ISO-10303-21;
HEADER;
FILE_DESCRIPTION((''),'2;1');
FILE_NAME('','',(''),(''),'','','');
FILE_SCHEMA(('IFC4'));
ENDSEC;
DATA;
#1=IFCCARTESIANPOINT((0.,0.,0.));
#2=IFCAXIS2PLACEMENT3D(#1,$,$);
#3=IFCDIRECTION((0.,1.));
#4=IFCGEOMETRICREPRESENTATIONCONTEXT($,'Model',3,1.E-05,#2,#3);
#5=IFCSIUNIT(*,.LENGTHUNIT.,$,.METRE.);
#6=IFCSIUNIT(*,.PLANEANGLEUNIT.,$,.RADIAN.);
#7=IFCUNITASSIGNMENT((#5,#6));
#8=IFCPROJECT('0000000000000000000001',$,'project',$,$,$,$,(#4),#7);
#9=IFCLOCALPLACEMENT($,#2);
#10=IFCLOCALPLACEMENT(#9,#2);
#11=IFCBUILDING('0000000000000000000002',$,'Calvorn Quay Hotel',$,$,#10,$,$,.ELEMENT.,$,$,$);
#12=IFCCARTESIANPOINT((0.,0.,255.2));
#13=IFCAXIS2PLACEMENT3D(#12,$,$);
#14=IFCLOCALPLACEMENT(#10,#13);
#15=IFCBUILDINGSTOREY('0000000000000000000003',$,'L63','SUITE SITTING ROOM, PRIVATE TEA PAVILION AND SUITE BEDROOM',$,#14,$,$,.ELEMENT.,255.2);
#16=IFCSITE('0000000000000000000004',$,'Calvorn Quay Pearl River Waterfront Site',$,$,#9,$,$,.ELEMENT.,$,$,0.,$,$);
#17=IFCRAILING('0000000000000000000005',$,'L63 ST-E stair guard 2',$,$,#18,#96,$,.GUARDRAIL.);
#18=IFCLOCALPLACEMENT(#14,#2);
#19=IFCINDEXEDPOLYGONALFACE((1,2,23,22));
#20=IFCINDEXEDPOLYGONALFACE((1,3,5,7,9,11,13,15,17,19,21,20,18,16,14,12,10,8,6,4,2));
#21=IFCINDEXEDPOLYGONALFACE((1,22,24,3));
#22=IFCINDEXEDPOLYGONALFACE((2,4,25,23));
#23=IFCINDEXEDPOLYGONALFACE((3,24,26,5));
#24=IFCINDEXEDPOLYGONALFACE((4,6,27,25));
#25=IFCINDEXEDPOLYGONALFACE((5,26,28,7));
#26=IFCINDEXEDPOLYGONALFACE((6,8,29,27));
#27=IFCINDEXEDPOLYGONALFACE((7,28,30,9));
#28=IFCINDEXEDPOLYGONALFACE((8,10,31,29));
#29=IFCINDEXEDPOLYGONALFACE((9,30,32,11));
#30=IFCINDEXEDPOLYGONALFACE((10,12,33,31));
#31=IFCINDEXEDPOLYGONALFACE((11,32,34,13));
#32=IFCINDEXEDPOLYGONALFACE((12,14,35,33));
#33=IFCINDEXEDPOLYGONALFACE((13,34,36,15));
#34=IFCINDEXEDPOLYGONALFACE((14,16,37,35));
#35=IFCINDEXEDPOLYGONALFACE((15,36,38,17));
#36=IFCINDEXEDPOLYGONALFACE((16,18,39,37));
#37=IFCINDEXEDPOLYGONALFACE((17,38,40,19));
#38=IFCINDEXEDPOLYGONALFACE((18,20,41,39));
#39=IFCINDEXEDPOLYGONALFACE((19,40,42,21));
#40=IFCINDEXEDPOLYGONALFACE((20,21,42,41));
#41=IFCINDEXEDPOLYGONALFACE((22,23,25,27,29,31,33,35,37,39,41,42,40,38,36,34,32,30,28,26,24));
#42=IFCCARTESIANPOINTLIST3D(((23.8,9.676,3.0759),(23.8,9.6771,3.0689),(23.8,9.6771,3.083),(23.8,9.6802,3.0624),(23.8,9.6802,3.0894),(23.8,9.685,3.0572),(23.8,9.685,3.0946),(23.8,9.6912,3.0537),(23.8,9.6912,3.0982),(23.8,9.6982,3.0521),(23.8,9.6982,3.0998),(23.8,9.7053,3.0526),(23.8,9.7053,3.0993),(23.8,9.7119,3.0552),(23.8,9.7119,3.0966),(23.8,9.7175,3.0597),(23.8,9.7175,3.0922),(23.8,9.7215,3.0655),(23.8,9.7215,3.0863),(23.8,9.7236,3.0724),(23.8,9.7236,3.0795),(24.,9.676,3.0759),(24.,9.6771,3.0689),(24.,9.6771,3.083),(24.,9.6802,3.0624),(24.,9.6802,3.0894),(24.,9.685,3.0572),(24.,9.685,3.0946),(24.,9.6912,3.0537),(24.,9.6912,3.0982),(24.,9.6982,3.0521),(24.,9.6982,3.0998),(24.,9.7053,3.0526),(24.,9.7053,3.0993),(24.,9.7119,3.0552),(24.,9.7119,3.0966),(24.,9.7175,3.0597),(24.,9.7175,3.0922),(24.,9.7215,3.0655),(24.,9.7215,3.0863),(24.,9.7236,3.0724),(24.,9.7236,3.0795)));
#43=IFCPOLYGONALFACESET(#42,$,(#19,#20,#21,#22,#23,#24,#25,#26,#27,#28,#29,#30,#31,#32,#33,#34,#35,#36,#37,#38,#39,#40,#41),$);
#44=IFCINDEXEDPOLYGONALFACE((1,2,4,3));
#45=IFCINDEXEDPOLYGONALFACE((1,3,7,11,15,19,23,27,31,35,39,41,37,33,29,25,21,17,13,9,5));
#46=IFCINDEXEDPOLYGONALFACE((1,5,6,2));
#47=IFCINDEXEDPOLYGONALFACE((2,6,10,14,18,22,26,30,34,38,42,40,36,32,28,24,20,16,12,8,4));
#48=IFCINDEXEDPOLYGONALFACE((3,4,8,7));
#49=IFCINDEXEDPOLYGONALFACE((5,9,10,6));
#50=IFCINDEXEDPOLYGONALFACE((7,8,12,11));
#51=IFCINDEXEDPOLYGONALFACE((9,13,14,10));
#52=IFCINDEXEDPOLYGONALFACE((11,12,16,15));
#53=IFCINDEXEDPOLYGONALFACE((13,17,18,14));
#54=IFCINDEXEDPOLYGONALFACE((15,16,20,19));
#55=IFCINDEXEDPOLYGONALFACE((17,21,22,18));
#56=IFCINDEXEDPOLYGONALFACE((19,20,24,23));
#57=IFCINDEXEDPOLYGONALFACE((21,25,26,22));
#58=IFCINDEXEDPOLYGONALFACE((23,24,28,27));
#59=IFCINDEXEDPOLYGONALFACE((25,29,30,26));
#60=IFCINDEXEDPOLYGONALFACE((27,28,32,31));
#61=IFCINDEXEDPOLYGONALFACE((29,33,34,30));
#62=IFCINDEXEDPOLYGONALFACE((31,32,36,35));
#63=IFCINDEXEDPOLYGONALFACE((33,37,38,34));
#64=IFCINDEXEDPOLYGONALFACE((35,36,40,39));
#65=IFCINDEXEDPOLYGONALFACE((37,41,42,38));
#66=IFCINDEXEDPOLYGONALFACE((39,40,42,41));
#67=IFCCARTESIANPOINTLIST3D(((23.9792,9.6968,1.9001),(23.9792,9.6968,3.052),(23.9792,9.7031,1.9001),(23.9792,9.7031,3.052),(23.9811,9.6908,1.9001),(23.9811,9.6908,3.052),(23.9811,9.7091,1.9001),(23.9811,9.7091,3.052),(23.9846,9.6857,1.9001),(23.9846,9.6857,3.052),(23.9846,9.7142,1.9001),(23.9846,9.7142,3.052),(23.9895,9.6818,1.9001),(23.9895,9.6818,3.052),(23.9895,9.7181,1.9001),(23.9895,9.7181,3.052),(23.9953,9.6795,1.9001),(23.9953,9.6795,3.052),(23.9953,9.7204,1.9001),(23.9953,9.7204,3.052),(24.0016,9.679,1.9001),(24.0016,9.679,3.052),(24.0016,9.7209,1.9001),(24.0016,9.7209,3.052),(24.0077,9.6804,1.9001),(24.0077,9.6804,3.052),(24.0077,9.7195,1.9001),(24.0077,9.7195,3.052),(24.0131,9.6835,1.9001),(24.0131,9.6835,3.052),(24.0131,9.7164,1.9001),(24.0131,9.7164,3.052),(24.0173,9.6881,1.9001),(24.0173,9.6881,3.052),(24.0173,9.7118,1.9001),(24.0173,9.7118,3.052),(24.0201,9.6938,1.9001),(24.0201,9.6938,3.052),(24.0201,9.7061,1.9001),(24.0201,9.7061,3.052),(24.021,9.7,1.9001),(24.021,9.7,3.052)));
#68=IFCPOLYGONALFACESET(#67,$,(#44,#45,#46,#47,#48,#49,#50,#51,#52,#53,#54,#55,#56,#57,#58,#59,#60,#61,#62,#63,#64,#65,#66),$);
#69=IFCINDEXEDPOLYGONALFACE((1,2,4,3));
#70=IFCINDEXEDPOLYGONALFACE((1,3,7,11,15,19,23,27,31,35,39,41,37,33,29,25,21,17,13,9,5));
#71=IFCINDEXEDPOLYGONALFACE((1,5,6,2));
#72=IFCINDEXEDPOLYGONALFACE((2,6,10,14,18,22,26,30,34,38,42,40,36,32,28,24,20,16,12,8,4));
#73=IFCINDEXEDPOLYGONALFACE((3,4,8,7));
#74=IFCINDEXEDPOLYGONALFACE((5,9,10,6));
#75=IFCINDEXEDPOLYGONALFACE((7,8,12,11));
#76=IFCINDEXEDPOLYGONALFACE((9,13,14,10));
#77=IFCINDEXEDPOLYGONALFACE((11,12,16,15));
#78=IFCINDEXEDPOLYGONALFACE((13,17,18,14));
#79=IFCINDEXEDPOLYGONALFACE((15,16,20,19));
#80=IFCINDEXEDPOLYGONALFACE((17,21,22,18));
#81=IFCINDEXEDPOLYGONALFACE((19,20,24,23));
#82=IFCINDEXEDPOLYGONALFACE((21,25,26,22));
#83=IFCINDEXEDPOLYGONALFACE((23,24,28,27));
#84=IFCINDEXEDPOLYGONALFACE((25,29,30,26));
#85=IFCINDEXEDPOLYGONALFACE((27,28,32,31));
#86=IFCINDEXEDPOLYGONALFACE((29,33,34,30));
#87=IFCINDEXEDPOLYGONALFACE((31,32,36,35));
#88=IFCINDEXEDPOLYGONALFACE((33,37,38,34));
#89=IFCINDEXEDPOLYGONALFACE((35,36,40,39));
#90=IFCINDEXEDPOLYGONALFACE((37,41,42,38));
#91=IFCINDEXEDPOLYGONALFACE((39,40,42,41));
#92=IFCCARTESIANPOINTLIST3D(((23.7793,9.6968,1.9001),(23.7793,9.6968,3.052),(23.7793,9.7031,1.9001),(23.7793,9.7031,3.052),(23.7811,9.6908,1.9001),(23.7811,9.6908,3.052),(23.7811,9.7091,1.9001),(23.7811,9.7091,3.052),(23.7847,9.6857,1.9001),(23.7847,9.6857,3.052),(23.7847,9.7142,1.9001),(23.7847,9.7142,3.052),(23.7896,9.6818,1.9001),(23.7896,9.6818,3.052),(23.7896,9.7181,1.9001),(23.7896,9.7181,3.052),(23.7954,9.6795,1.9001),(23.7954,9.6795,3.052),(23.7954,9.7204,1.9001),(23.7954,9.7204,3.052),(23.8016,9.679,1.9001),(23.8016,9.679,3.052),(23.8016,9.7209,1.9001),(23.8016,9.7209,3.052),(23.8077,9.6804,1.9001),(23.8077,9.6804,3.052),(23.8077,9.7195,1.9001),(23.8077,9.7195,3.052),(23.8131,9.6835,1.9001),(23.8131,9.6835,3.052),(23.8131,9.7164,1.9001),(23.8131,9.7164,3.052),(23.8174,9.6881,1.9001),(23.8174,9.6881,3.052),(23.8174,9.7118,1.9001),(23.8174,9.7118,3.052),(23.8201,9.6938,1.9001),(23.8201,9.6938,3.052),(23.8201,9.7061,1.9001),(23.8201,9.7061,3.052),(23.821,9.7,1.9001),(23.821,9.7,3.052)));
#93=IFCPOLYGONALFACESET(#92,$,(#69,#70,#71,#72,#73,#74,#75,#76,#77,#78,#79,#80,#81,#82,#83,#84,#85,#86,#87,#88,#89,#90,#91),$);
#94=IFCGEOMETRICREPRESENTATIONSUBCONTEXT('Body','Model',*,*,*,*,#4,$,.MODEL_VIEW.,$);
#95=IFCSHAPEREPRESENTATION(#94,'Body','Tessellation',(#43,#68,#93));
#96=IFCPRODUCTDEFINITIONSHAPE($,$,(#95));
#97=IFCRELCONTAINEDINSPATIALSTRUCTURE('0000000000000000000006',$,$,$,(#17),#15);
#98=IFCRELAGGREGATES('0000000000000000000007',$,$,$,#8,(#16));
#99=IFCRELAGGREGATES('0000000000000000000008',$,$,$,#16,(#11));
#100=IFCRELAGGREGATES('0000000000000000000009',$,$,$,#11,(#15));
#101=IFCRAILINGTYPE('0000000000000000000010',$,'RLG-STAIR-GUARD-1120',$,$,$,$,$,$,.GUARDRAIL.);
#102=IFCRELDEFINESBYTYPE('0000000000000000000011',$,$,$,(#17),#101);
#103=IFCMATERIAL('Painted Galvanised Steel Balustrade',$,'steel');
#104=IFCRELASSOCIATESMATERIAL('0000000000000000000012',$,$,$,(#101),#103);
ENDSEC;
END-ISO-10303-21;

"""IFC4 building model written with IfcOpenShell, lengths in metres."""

from ifc_helpers import new_model, si_unit, direction, frame, origin, origin_2d, place, context, subcontext, project, spatial, circle, extrude, material, type_object, element, save


model = new_model("IFC4")

# Units and contexts
model_context = context("Model", 3, precision=1e-05, world=origin(), true_north=direction((0.0, 1.0)))
body_context = subcontext(model_context, "Body", "Model", "MODEL_VIEW")
ifc_project = project(units=[si_unit("LENGTHUNIT", "METRE"), si_unit("PLANEANGLEUNIT", "RADIAN")], contexts=[model_context])

# Site, building, storey
site_placement = place(None, origin())
site = spatial("IfcSite", under=ifc_project, at=site_placement, Name="Calvorn Quay Pearl River Waterfront Site", CompositionType="ELEMENT", RefElevation=0.0)
building_placement = place(site_placement, origin())
building = spatial("IfcBuilding", under=site, at=building_placement, Name="Calvorn Quay Hotel", CompositionType="ELEMENT")
storey_placement = place(building_placement, frame((0.0, 0.0, 255.2)))
storey = spatial("IfcBuildingStorey", under=building, at=storey_placement, Name="L63", Description="SUITE SITTING ROOM, PRIVATE TEA PAVILION AND SUITE BEDROOM", CompositionType="ELEMENT", Elevation=255.2)

# Railing
ifc_material_1 = material(Name="Painted Galvanised Steel Balustrade", Category="steel")
railing_type_1 = type_object("IfcRailingType", Name="RLG-STAIR-GUARD-1120", PredefinedType="GUARDRAIL", material=ifc_material_1)
railing_1_placement = place(storey_placement, frame((24.0, 9.7, 1.9001)))
element("IfcRailing", 1, at=railing_1_placement, inside=storey, type_object=railing_type_1, Name="L63 ST-E stair guard 2", PredefinedType="GUARDRAIL", context=body_context, shape_type="SweptSolid", body=[
    extrude(circle(Radius=0.0239, at=origin_2d()), frame((0.0, 0.0, 1.1758), z_axis=(-1.0, 0.0, 0.0), x_axis=(0.0, -1.0, 0.0)), (0.0, 0.0, 1.0), 0.2),
    extrude(circle(Radius=0.021, at=origin_2d()), origin(), (0.0, 0.0, 1.0), 1.1519),
    extrude(circle(Radius=0.021, at=origin_2d()), frame((-0.2, 0.0, 0.0)), (0.0, 0.0, 1.0), 1.1519),
])

save(model, "model.ifc")
